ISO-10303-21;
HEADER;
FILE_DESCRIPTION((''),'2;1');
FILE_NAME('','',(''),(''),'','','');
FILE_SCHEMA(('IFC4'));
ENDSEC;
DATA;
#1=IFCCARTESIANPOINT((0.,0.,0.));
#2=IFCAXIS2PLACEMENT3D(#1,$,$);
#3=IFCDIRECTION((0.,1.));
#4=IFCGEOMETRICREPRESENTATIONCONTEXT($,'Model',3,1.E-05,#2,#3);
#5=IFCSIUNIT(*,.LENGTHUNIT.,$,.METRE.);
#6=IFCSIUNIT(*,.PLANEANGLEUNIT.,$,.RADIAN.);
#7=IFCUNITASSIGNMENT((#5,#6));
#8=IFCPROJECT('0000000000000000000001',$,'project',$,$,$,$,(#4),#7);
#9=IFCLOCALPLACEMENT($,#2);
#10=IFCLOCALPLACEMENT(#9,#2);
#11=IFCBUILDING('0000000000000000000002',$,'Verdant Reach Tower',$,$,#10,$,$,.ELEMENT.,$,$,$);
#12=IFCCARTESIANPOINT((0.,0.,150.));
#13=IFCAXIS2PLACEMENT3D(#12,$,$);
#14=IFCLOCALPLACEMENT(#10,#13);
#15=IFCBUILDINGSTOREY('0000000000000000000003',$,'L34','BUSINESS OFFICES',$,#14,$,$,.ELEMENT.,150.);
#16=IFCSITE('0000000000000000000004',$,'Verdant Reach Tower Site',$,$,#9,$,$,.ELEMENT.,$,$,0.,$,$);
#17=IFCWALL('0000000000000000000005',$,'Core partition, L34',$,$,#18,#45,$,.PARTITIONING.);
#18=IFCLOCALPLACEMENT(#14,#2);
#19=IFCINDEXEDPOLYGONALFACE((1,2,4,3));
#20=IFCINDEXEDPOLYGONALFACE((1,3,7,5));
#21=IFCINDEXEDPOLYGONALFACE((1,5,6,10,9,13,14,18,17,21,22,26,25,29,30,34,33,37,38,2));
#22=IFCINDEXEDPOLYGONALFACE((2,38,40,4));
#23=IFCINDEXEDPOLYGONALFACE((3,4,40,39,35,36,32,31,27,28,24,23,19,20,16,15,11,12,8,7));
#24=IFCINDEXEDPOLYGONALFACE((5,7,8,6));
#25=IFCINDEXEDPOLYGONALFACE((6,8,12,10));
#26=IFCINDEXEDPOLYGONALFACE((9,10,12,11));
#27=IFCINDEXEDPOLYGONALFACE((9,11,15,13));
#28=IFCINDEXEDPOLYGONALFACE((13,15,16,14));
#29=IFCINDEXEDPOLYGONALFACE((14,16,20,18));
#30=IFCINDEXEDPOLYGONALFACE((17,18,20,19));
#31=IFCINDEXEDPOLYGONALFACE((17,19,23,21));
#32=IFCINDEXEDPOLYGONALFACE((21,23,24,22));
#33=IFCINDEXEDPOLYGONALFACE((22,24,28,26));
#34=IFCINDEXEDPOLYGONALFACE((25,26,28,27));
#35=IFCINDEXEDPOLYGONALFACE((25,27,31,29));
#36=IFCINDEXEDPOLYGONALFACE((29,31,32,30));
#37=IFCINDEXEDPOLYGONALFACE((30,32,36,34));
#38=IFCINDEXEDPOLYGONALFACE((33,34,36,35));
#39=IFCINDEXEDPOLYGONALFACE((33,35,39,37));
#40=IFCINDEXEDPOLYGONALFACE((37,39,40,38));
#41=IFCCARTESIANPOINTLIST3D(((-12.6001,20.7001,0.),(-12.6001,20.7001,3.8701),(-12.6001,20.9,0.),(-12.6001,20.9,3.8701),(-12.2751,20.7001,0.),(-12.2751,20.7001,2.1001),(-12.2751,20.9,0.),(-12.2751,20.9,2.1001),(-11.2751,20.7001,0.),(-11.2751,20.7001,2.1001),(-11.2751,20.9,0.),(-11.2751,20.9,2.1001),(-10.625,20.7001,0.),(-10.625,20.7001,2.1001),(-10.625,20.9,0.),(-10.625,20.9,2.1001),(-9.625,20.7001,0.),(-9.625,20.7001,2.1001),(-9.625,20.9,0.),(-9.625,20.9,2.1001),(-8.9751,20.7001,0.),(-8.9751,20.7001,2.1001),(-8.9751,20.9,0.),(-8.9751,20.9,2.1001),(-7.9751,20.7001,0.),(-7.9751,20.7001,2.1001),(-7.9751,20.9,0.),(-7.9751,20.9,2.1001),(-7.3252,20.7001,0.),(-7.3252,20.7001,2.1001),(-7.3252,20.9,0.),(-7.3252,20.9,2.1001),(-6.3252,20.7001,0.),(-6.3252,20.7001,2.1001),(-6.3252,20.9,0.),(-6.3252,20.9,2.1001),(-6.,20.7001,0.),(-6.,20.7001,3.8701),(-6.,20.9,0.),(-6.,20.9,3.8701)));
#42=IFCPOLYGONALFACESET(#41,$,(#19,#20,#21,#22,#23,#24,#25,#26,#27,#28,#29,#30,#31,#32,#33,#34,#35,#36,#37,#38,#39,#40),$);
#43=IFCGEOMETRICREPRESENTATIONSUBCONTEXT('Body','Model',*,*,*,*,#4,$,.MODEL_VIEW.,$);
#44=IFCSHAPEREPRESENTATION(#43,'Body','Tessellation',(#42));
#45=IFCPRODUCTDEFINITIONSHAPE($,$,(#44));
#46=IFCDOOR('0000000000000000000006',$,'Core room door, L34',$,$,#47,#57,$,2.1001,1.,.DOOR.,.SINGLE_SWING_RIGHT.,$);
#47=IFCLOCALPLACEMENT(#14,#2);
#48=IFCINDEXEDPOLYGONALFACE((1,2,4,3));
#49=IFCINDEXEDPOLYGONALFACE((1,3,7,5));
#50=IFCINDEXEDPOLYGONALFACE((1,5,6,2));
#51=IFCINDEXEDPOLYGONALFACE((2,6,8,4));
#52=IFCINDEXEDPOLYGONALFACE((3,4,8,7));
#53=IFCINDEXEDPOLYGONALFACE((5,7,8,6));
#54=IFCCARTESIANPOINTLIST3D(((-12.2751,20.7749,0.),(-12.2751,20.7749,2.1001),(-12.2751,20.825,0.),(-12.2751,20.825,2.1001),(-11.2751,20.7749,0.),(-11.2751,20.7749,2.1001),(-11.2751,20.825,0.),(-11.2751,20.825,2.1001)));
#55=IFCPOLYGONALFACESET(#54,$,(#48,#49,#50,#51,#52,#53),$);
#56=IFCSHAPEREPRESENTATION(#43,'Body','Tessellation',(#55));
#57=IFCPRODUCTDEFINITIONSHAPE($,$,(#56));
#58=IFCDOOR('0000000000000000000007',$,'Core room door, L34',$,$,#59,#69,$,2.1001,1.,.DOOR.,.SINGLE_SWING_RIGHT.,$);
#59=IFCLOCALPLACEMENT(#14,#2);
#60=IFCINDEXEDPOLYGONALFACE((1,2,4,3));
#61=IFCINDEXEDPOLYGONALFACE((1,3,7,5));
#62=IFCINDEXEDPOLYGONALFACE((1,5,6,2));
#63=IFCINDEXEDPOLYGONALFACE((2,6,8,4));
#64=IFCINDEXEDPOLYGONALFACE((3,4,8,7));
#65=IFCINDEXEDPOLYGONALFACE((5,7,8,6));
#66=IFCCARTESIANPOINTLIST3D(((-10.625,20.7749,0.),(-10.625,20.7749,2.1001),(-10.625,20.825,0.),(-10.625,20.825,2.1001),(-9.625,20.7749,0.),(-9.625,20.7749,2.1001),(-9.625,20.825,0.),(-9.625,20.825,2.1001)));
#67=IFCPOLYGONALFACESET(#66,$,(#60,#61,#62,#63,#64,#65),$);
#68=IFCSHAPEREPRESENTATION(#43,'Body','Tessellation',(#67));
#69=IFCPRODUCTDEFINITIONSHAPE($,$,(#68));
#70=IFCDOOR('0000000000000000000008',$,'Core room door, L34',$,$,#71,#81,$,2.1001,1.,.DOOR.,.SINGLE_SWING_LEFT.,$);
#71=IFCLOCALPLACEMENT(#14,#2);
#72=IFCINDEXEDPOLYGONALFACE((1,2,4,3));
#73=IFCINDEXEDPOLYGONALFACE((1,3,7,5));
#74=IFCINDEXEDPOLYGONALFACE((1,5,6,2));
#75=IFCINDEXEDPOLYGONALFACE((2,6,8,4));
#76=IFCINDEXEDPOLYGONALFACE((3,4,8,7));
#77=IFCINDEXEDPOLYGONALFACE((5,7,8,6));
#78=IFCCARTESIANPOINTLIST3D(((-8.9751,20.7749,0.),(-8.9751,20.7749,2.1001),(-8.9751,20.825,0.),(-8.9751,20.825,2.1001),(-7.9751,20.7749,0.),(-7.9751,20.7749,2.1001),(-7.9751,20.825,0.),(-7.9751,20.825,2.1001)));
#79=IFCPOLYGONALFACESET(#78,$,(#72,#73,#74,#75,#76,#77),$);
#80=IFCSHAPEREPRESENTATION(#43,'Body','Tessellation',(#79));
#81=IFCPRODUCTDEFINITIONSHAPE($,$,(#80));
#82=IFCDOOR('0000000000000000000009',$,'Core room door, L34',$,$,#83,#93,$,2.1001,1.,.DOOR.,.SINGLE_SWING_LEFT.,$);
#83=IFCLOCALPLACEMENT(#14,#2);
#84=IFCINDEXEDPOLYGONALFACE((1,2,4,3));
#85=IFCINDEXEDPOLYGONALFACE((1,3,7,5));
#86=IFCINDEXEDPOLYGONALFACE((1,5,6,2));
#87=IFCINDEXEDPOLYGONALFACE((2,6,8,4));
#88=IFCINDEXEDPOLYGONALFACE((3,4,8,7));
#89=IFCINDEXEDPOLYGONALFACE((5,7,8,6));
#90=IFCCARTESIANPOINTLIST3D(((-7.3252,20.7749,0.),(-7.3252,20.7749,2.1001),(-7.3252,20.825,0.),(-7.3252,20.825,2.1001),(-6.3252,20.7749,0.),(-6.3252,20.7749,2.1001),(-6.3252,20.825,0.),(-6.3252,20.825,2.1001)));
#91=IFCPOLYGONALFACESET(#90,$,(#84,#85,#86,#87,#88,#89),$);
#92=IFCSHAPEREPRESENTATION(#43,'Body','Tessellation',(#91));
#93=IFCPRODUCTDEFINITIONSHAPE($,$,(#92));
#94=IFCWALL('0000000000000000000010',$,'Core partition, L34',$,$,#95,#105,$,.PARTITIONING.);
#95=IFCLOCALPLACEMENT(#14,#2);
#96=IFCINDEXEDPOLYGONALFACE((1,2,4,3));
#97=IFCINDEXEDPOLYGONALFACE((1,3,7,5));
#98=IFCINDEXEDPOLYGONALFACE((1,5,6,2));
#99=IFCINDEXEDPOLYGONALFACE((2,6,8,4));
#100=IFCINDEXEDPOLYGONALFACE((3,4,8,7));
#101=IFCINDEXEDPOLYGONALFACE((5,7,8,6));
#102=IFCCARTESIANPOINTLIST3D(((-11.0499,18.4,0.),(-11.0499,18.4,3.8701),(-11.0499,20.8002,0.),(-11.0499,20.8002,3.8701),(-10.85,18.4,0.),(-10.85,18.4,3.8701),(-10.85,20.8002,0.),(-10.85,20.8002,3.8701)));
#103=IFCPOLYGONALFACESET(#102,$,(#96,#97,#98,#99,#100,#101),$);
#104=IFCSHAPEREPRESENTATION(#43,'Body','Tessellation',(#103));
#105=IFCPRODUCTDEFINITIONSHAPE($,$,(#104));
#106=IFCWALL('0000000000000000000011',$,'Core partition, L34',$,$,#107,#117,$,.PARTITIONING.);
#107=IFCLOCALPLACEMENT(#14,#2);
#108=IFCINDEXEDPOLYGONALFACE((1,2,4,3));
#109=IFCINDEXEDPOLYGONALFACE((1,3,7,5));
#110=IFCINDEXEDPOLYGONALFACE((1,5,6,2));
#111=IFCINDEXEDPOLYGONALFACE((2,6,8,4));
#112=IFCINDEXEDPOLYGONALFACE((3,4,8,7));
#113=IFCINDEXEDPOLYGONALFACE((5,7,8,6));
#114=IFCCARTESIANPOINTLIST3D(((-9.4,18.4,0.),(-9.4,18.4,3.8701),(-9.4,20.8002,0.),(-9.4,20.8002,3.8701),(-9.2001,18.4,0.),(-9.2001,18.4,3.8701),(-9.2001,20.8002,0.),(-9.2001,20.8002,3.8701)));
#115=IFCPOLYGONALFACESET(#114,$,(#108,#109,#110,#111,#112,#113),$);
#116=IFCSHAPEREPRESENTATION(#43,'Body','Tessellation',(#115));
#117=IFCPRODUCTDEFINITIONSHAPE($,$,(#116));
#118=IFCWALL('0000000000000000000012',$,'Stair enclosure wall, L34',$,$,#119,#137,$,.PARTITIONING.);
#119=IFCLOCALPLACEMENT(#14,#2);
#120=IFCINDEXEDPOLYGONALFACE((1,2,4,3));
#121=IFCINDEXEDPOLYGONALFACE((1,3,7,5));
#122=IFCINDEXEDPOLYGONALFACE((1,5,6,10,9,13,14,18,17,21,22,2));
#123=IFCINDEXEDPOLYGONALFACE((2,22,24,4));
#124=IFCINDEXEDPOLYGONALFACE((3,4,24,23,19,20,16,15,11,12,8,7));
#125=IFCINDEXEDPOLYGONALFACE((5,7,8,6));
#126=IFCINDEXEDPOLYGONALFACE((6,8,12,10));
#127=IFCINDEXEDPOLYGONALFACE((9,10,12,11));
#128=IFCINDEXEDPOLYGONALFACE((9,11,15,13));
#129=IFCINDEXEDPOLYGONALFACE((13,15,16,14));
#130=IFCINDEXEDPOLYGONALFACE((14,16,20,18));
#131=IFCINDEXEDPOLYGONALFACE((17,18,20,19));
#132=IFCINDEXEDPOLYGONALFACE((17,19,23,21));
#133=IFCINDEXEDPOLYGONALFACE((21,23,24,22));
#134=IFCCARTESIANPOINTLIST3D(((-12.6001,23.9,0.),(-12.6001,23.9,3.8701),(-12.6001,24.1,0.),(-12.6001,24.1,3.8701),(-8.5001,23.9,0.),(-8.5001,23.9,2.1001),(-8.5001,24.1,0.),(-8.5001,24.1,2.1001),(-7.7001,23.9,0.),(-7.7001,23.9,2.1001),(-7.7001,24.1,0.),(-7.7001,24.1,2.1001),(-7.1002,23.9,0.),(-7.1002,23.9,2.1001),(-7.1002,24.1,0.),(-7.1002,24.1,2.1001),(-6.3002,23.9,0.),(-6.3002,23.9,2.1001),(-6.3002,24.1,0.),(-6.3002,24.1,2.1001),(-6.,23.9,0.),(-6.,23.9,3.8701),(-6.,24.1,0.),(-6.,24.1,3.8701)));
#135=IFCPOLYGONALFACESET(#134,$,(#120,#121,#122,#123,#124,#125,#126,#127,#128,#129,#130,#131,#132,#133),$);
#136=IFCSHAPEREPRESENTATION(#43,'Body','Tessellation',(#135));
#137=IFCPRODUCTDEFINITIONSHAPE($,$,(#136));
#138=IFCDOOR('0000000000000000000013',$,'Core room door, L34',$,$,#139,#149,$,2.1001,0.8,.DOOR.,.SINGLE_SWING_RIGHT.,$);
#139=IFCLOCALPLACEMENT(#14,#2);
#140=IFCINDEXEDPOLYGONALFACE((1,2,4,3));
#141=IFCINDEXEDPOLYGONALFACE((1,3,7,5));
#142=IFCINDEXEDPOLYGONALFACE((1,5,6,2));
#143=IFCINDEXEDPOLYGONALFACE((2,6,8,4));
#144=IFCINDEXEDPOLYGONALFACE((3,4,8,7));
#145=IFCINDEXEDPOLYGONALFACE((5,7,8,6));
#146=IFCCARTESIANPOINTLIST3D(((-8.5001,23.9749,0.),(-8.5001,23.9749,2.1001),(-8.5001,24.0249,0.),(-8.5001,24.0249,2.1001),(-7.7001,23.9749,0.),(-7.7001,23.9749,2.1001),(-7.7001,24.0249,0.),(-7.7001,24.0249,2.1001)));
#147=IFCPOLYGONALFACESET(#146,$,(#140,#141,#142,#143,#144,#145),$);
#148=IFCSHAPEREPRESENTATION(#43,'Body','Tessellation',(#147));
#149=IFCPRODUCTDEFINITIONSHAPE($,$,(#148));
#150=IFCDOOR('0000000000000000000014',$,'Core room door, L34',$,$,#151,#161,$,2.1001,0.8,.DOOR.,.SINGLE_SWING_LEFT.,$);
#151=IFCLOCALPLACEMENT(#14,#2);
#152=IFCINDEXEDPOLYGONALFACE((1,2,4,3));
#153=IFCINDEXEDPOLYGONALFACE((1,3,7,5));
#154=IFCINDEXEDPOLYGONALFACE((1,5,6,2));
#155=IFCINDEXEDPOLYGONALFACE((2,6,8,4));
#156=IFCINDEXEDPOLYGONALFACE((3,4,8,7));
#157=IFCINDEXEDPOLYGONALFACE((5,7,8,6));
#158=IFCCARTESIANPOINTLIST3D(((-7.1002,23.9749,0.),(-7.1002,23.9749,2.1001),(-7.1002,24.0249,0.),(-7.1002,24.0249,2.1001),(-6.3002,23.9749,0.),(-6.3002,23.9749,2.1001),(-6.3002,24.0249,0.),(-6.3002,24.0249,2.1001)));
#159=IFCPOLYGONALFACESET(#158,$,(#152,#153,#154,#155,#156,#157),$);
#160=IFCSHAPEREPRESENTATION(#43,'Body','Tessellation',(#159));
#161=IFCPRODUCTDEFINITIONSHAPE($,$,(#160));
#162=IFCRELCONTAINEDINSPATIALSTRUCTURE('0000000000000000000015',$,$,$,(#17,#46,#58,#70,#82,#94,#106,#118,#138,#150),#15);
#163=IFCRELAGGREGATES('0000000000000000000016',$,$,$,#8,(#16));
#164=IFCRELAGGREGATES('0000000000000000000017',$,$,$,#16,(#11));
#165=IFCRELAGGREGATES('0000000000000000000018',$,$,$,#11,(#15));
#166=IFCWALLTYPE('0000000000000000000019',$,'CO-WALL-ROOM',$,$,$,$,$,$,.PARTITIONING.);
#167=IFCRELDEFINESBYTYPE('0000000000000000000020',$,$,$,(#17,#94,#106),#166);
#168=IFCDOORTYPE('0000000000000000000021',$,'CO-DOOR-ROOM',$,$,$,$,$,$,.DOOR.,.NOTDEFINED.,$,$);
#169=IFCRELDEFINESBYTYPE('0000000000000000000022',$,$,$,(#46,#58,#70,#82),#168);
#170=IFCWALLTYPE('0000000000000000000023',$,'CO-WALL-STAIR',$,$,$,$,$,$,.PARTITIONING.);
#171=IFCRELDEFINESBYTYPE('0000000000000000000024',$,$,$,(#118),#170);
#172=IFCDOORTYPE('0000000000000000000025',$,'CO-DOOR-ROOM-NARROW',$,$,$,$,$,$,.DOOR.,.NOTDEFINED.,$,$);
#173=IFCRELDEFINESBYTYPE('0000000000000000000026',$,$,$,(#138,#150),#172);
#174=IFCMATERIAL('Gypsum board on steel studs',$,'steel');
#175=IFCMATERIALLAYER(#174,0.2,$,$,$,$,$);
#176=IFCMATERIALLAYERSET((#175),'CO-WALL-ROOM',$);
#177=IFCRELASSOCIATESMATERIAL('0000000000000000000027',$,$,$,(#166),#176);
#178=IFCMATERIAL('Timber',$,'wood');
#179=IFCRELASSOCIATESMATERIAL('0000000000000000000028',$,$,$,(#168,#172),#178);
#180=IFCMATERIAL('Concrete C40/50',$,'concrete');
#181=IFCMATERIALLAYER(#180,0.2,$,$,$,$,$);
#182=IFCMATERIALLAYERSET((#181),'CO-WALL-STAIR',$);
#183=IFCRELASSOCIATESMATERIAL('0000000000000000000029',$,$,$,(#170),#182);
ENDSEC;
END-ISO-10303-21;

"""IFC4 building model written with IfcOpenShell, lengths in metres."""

from ifc_helpers import new_model, si_unit, direction, frame, frame_2d, origin, place, context, subcontext, project, spatial, rectangle, extrude, material, layer, layer_set, type_object, element, fill, save


model = new_model("IFC4")

# Units and contexts
model_context = context("Model", 3, precision=1e-05, world=origin(), true_north=direction((0.0, 1.0)))
body_context = subcontext(model_context, "Body", "Model", "MODEL_VIEW")
ifc_project = project(units=[si_unit("LENGTHUNIT", "METRE"), si_unit("PLANEANGLEUNIT", "RADIAN")], contexts=[model_context])

# Site, building, storey
site_placement = place(None, origin())
site = spatial("IfcSite", under=ifc_project, at=site_placement, Name="Verdant Reach Tower Site", CompositionType="ELEMENT", RefElevation=0.0)
building_placement = place(site_placement, origin())
building = spatial("IfcBuilding", under=site, at=building_placement, Name="Verdant Reach Tower", CompositionType="ELEMENT")
storey_placement = place(building_placement, frame((0.0, 0.0, 150.0)))
storey = spatial("IfcBuildingStorey", under=building, at=storey_placement, Name="L34", Description="BUSINESS OFFICES", CompositionType="ELEMENT", Elevation=150.0)

# Wall, openings, doors
ifc_material_1 = material(Name="Gypsum board on steel studs", Category="steel")
ifc_layer_1 = layer(ifc_material_1, 0.2)
ifc_layer_set_1 = layer_set([ifc_layer_1], Name="CO-WALL-ROOM")
wall_type_1 = type_object("IfcWallType", Name="CO-WALL-ROOM", PredefinedType="PARTITIONING", material=ifc_layer_set_1)
wall_1_placement = place(storey_placement, frame((-12.6001, 20.8, 0.0), z_axis=(0.0, 0.0, 1.0), x_axis=(1.0, 0.0, 0.0)))
wall_1 = element("IfcWall", 1, at=wall_1_placement, inside=storey, type_object=wall_type_1, Name="Core partition, L34", PredefinedType="PARTITIONING", context=body_context, shape_type="SweptSolid", body=[
    extrude(rectangle(XDim=6.6001, YDim=0.2, at=frame_2d((3.3, 0.0))), origin(), (0.0, 0.0, 1.0), 3.8701),
])
opening_1_placement = place(wall_1_placement, frame((0.325, 0.0, 0.0)))
opening_1 = element("IfcOpeningElement", 2, at=opening_1_placement, cuts=wall_1, PredefinedType="OPENING", context=body_context, shape_type="SweptSolid", body=[
    extrude(rectangle(XDim=1.0, YDim=2.1001, at=frame_2d((0.5, 1.05))), frame((0.0, 0.1099, 0.0), z_axis=(0.0, -1.0, 0.0), x_axis=(1.0, 0.0, 0.0)), (0.0, 0.0, 1.0), 0.22),
])
opening_2_placement = place(wall_1_placement, frame((1.9751, 0.0, 0.0)))
opening_2 = element("IfcOpeningElement", 3, at=opening_2_placement, cuts=wall_1, PredefinedType="OPENING", context=body_context, shape_type="SweptSolid", body=[
    extrude(rectangle(XDim=1.0, YDim=2.1001, at=frame_2d((0.5, 1.05))), frame((0.0, 0.1099, 0.0), z_axis=(0.0, -1.0, 0.0), x_axis=(1.0, 0.0, 0.0)), (0.0, 0.0, 1.0), 0.22),
])
opening_3_placement = place(wall_1_placement, frame((3.625, 0.0, 0.0)))
opening_3 = element("IfcOpeningElement", 4, at=opening_3_placement, cuts=wall_1, PredefinedType="OPENING", context=body_context, shape_type="SweptSolid", body=[
    extrude(rectangle(XDim=1.0, YDim=2.1001, at=frame_2d((0.5, 1.05))), frame((0.0, 0.1099, 0.0), z_axis=(0.0, -1.0, 0.0), x_axis=(1.0, 0.0, 0.0)), (0.0, 0.0, 1.0), 0.22),
])
opening_4_placement = place(wall_1_placement, frame((5.2749, 0.0, 0.0)))
opening_4 = element("IfcOpeningElement", 5, at=opening_4_placement, cuts=wall_1, PredefinedType="OPENING", context=body_context, shape_type="SweptSolid", body=[
    extrude(rectangle(XDim=1.0, YDim=2.1001, at=frame_2d((0.5, 1.05))), frame((0.0, 0.1099, 0.0), z_axis=(0.0, -1.0, 0.0), x_axis=(1.0, 0.0, 0.0)), (0.0, 0.0, 1.0), 0.22),
])
ifc_material_2 = material(Name="Timber", Category="wood")
door_type_1 = type_object("IfcDoorType", Name="CO-DOOR-ROOM", OperationType="NOTDEFINED", PredefinedType="DOOR", material=ifc_material_2)
door_1_placement = place(opening_1_placement, origin())
door_1 = element("IfcDoor", 6, at=door_1_placement, inside=storey, type_object=door_type_1, Name="Core room door, L34", OperationType="SINGLE_SWING_RIGHT", OverallHeight=2.1001, OverallWidth=1.0, PredefinedType="DOOR", context=body_context, shape_type="SweptSolid", body=[
    extrude(rectangle(XDim=1.0, YDim=2.1001, at=frame_2d((0.5, 1.05))), frame((0.0, 0.0249, 0.0), z_axis=(0.0, -1.0, 0.0), x_axis=(1.0, 0.0, 0.0)), (0.0, 0.0, 1.0), 0.05),
])
fill(opening_1, door_1)
door_2_placement = place(opening_2_placement, origin())
door_2 = element("IfcDoor", 7, at=door_2_placement, inside=storey, type_object=door_type_1, Name="Core room door, L34", OperationType="SINGLE_SWING_RIGHT", OverallHeight=2.1001, OverallWidth=1.0, PredefinedType="DOOR", context=body_context, shape_type="SweptSolid", body=[
    extrude(rectangle(XDim=1.0, YDim=2.1001, at=frame_2d((0.5, 1.05))), frame((0.0, 0.0249, 0.0), z_axis=(0.0, -1.0, 0.0), x_axis=(1.0, 0.0, 0.0)), (0.0, 0.0, 1.0), 0.05),
])
fill(opening_2, door_2)
door_3_placement = place(opening_3_placement, origin())
door_3 = element("IfcDoor", 8, at=door_3_placement, inside=storey, type_object=door_type_1, Name="Core room door, L34", OperationType="SINGLE_SWING_LEFT", OverallHeight=2.1001, OverallWidth=1.0, PredefinedType="DOOR", context=body_context, shape_type="SweptSolid", body=[
    extrude(rectangle(XDim=1.0, YDim=2.1001, at=frame_2d((0.5, 1.05))), frame((0.0, 0.0249, 0.0), z_axis=(0.0, -1.0, 0.0), x_axis=(1.0, 0.0, 0.0)), (0.0, 0.0, 1.0), 0.05),
])
fill(opening_3, door_3)
door_4_placement = place(opening_4_placement, origin())
door_4 = element("IfcDoor", 9, at=door_4_placement, inside=storey, type_object=door_type_1, Name="Core room door, L34", OperationType="SINGLE_SWING_LEFT", OverallHeight=2.1001, OverallWidth=1.0, PredefinedType="DOOR", context=body_context, shape_type="SweptSolid", body=[
    extrude(rectangle(XDim=1.0, YDim=2.1001, at=frame_2d((0.5, 1.05))), frame((0.0, 0.0249, 0.0), z_axis=(0.0, -1.0, 0.0), x_axis=(1.0, 0.0, 0.0)), (0.0, 0.0, 1.0), 0.05),
])
fill(opening_4, door_4)

# Walls
for number, where, z_axis, x_axis, name in (
    (10, (-10.95, 18.3999, 0.0), (0.0, 0.0, 1.0), (0.0, 1.0, 0.0), "Core partition, L34"),
    (11, (-9.3, 18.3999, 0.0), (0.0, 0.0, 1.0), (0.0, 1.0, 0.0), "Core partition, L34"),
):
    element("IfcWall", number, at=place(storey_placement, frame(where, z_axis=z_axis, x_axis=x_axis)), inside=storey, type_object=wall_type_1, Name=name, PredefinedType="PARTITIONING", context=body_context, shape_type="SweptSolid", body=[
        extrude(rectangle(XDim=2.4001, YDim=0.2, at=frame_2d((1.2002, 0.0))), origin(), (0.0, 0.0, 1.0), 3.8701),
    ])

# Wall, openings, doors
ifc_material_3 = material(Name="Concrete C40/50", Category="concrete")
ifc_layer_2 = layer(ifc_material_3, 0.2)
ifc_layer_set_2 = layer_set([ifc_layer_2], Name="CO-WALL-STAIR")
wall_type_2 = type_object("IfcWallType", Name="CO-WALL-STAIR", PredefinedType="PARTITIONING", material=ifc_layer_set_2)
wall_2_placement = place(storey_placement, frame((-12.6001, 24.0, 0.0), z_axis=(0.0, 0.0, 1.0), x_axis=(1.0, 0.0, 0.0)))
wall_2 = element("IfcWall", 12, at=wall_2_placement, inside=storey, type_object=wall_type_2, Name="Stair enclosure wall, L34", PredefinedType="PARTITIONING", context=body_context, shape_type="SweptSolid", body=[
    extrude(rectangle(XDim=6.6001, YDim=0.2, at=frame_2d((3.3, 0.0))), origin(), (0.0, 0.0, 1.0), 3.8701),
])
opening_5_placement = place(wall_2_placement, frame((4.1001, 0.0, 0.0)))
opening_5 = element("IfcOpeningElement", 13, at=opening_5_placement, cuts=wall_2, PredefinedType="OPENING", context=body_context, shape_type="SweptSolid", body=[
    extrude(rectangle(XDim=0.8, YDim=2.1001, at=frame_2d((0.3999, 1.05))), frame((0.0, 0.1099, 0.0), z_axis=(0.0, -1.0, 0.0), x_axis=(1.0, 0.0, 0.0)), (0.0, 0.0, 1.0), 0.22),
])
opening_6_placement = place(wall_2_placement, frame((5.5, 0.0, 0.0)))
opening_6 = element("IfcOpeningElement", 14, at=opening_6_placement, cuts=wall_2, PredefinedType="OPENING", context=body_context, shape_type="SweptSolid", body=[
    extrude(rectangle(XDim=0.8, YDim=2.1001, at=frame_2d((0.3999, 1.05))), frame((0.0, 0.1099, 0.0), z_axis=(0.0, -1.0, 0.0), x_axis=(1.0, 0.0, 0.0)), (0.0, 0.0, 1.0), 0.22),
])
door_type_2 = type_object("IfcDoorType", Name="CO-DOOR-ROOM-NARROW", OperationType="NOTDEFINED", PredefinedType="DOOR", material=ifc_material_2)
door_5_placement = place(opening_5_placement, origin())
door_5 = element("IfcDoor", 15, at=door_5_placement, inside=storey, type_object=door_type_2, Name="Core room door, L34", OperationType="SINGLE_SWING_RIGHT", OverallHeight=2.1001, OverallWidth=0.8, PredefinedType="DOOR", context=body_context, shape_type="SweptSolid", body=[
    extrude(rectangle(XDim=0.8, YDim=2.1001, at=frame_2d((0.3999, 1.05))), frame((0.0, 0.0249, 0.0), z_axis=(0.0, -1.0, 0.0), x_axis=(1.0, 0.0, 0.0)), (0.0, 0.0, 1.0), 0.05),
])
fill(opening_5, door_5)
door_6_placement = place(opening_6_placement, origin())
door_6 = element("IfcDoor", 16, at=door_6_placement, inside=storey, type_object=door_type_2, Name="Core room door, L34", OperationType="SINGLE_SWING_LEFT", OverallHeight=2.1001, OverallWidth=0.8, PredefinedType="DOOR", context=body_context, shape_type="SweptSolid", body=[
    extrude(rectangle(XDim=0.8, YDim=2.1001, at=frame_2d((0.3999, 1.05))), frame((0.0, 0.0249, 0.0), z_axis=(0.0, -1.0, 0.0), x_axis=(1.0, 0.0, 0.0)), (0.0, 0.0, 1.0), 0.05),
])
fill(opening_6, door_6)

save(model, "model.ifc")
